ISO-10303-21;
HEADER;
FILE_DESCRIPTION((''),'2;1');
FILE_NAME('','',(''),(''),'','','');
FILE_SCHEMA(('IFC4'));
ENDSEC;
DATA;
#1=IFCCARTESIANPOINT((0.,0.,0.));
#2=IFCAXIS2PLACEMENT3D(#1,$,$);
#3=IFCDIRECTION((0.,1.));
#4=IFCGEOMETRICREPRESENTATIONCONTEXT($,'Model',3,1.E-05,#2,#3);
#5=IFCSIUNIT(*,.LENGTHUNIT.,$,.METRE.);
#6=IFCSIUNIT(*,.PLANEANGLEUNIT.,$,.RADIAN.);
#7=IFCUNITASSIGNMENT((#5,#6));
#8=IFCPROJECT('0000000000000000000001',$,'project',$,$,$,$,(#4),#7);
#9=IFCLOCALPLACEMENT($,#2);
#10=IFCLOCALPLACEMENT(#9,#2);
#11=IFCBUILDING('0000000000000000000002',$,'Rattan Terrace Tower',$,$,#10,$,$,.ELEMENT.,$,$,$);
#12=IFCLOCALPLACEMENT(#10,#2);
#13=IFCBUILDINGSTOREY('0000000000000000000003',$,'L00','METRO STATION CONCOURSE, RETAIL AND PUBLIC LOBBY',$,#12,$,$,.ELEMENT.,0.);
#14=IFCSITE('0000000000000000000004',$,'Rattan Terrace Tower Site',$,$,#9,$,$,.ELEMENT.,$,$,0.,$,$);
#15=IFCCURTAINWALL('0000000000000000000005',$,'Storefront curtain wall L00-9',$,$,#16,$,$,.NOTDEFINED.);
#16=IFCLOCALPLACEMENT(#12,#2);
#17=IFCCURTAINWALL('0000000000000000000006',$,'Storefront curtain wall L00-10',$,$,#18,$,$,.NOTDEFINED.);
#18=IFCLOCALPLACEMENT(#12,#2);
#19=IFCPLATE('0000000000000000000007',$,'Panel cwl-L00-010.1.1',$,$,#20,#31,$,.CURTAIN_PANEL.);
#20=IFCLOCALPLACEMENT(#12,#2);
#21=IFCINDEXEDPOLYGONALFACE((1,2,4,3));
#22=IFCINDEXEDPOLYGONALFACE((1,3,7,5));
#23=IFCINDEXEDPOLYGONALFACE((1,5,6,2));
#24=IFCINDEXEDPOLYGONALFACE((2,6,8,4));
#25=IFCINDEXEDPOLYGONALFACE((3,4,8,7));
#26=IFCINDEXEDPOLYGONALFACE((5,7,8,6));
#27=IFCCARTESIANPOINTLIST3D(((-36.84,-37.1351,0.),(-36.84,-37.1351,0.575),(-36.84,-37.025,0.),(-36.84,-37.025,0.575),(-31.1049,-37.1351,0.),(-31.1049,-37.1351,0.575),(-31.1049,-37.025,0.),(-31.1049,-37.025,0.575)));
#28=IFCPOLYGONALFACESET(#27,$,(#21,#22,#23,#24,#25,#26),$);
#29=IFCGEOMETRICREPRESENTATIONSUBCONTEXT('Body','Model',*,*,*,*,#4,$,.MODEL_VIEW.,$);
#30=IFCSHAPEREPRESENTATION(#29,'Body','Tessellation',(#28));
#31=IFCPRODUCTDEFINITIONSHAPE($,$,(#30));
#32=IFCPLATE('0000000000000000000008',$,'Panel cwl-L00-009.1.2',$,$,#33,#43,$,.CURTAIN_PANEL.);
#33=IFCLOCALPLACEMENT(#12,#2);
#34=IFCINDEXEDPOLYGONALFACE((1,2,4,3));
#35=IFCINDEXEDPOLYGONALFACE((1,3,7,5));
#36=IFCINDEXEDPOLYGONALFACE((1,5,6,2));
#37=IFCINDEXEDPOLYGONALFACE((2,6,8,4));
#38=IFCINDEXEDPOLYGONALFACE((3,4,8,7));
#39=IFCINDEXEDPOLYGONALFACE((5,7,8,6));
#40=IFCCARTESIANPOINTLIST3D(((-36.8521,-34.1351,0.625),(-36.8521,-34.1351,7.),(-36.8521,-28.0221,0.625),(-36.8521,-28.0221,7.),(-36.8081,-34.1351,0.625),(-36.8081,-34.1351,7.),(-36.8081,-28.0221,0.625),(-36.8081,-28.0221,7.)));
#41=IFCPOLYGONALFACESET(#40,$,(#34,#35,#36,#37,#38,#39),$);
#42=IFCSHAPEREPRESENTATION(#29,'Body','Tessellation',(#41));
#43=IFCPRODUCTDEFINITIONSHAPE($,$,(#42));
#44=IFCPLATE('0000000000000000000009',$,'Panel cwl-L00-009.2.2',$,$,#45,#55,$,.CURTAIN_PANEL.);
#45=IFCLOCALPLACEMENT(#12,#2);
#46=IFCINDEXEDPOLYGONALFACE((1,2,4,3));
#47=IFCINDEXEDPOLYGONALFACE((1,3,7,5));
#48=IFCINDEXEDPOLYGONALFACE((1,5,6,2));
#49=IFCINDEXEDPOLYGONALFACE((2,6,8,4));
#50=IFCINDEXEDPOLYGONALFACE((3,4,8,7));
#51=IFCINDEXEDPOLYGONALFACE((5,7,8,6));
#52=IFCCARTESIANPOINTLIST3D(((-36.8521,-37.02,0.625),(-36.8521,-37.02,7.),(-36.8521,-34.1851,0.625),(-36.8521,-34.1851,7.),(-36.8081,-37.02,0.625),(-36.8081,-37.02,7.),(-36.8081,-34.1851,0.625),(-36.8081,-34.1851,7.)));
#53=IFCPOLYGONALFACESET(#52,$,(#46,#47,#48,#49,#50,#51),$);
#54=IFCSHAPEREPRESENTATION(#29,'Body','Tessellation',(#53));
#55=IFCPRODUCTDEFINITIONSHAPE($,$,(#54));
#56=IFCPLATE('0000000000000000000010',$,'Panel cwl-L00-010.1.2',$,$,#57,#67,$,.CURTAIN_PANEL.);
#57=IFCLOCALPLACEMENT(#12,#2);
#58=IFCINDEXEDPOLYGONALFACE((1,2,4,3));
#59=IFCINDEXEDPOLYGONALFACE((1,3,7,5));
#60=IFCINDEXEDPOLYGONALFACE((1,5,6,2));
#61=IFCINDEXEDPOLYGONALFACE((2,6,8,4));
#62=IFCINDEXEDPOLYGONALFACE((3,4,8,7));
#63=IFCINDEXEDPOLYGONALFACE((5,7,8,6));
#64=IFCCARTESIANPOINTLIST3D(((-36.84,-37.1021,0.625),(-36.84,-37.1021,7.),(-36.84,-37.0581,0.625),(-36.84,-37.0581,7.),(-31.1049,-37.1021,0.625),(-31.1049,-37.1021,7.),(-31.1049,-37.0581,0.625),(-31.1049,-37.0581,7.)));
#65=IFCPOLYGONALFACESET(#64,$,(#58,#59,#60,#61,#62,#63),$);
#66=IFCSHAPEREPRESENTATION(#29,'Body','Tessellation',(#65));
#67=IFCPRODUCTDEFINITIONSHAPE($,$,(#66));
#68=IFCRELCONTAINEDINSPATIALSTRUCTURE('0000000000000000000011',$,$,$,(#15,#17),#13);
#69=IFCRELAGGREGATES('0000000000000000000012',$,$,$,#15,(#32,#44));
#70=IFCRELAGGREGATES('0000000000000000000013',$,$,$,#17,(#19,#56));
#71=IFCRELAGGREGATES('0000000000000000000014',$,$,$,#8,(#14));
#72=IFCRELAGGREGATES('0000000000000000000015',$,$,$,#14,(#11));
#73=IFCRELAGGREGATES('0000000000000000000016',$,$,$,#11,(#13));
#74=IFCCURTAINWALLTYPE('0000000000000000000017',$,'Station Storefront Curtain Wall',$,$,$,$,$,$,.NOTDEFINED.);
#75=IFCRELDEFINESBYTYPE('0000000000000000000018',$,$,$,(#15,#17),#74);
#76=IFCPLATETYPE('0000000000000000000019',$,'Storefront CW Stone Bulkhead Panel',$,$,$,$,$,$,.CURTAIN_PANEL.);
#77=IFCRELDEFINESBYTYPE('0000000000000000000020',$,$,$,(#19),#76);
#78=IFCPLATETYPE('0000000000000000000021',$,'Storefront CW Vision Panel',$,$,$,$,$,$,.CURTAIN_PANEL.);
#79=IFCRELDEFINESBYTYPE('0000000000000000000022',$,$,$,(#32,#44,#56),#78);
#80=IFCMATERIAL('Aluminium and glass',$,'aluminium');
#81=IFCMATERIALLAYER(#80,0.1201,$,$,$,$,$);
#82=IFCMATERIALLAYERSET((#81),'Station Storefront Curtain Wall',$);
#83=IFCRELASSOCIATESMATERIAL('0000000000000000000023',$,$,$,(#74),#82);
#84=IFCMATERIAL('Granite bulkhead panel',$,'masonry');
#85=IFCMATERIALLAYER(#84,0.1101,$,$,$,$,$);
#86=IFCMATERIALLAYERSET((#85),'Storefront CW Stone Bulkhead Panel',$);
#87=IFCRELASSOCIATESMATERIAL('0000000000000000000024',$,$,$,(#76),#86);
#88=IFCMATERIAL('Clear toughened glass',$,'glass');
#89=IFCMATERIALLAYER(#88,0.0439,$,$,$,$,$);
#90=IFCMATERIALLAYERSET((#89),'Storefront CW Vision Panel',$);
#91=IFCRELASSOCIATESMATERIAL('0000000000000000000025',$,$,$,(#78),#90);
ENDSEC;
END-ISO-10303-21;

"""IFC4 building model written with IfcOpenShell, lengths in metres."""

from ifc_helpers import new_model, si_unit, direction, frame, origin, origin_2d, place, context, subcontext, project, spatial, rectangle, extrude, material, layer, layer_set, type_object, element, aggregate, save


model = new_model("IFC4")

# Units and contexts
model_context = context("Model", 3, precision=1e-05, world=origin(), true_north=direction((0.0, 1.0)))
body_context = subcontext(model_context, "Body", "Model", "MODEL_VIEW")
ifc_project = project(units=[si_unit("LENGTHUNIT", "METRE"), si_unit("PLANEANGLEUNIT", "RADIAN")], contexts=[model_context])

# Site, building, storey
site_placement = place(None, origin())
site = spatial("IfcSite", under=ifc_project, at=site_placement, Name="Rattan Terrace Tower Site", CompositionType="ELEMENT", RefElevation=0.0)
building_placement = place(site_placement, origin())
building = spatial("IfcBuilding", under=site, at=building_placement, Name="Rattan Terrace Tower", CompositionType="ELEMENT")
storey_placement = place(building_placement, origin())
storey = spatial("IfcBuildingStorey", under=building, at=storey_placement, Name="L00", Description="METRO STATION CONCOURSE, RETAIL AND PUBLIC LOBBY", CompositionType="ELEMENT", Elevation=0.0)

# Curtain wall
ifc_material_1 = material(Name="Aluminium and glass", Category="aluminium")
ifc_layer_1 = layer(ifc_material_1, 0.1201)
ifc_layer_set_1 = layer_set([ifc_layer_1], Name="Station Storefront Curtain Wall")
curtain_wall_type = type_object("IfcCurtainWallType", Name="Station Storefront Curtain Wall", PredefinedType="NOTDEFINED", material=ifc_layer_set_1)
curtain_wall_1_placement = place(storey_placement, origin())
curtain_wall_1 = element("IfcCurtainWall", 1, at=curtain_wall_1_placement, inside=storey, type_object=curtain_wall_type, Name="Storefront curtain wall L00-9", PredefinedType="NOTDEFINED")

# Curtain wall
curtain_wall_2_placement = place(storey_placement, origin())
curtain_wall_2 = element("IfcCurtainWall", 2, at=curtain_wall_2_placement, inside=storey, type_object=curtain_wall_type, Name="Storefront curtain wall L00-10", PredefinedType="NOTDEFINED")

# Plates
ifc_material_2 = material(Name="Granite bulkhead panel", Category="masonry")
ifc_layer_2 = layer(ifc_material_2, 0.1101)
ifc_layer_set_2 = layer_set([ifc_layer_2], Name="Storefront CW Stone Bulkhead Panel")
plate_type_1 = type_object("IfcPlateType", Name="Storefront CW Stone Bulkhead Panel", PredefinedType="CURTAIN_PANEL", material=ifc_layer_set_2)
plate_1_placement = place(storey_placement, frame((-33.9724, -37.0801, 0.0), z_axis=(0.0, 0.0, 1.0), x_axis=(1.0, 0.0, 0.0)))
plate_1 = element("IfcPlate", 3, at=plate_1_placement, type_object=plate_type_1, Name="Panel cwl-L00-010.1.1", PredefinedType="CURTAIN_PANEL", context=body_context, shape_type="SweptSolid", body=[
    extrude(rectangle(XDim=5.7351, YDim=0.1101, at=origin_2d()), origin(), (0.0, 0.0, 1.0), 0.575),
])
ifc_material_3 = material(Name="Clear toughened glass", Category="glass")
ifc_layer_3 = layer(ifc_material_3, 0.0439)
ifc_layer_set_3 = layer_set([ifc_layer_3], Name="Storefront CW Vision Panel")
plate_type_2 = type_object("IfcPlateType", Name="Storefront CW Vision Panel", PredefinedType="CURTAIN_PANEL", material=ifc_layer_set_3)
plate_2_placement = place(storey_placement, frame((-36.8301, -31.0786, 0.625), z_axis=(0.0, 0.0, 1.0), x_axis=(0.0, -1.0, 0.0)))
plate_2 = element("IfcPlate", 4, at=plate_2_placement, type_object=plate_type_2, Name="Panel cwl-L00-009.1.2", PredefinedType="CURTAIN_PANEL", context=body_context, shape_type="SweptSolid", body=[
    extrude(rectangle(XDim=6.113, YDim=0.0439, at=origin_2d()), origin(), (0.0, 0.0, 1.0), 6.375),
])
plate_3_placement = place(storey_placement, frame((-36.8301, -35.6025, 0.625), z_axis=(0.0, 0.0, 1.0), x_axis=(0.0, -1.0, 0.0)))
plate_3 = element("IfcPlate", 5, at=plate_3_placement, type_object=plate_type_2, Name="Panel cwl-L00-009.2.2", PredefinedType="CURTAIN_PANEL", context=body_context, shape_type="SweptSolid", body=[
    extrude(rectangle(XDim=2.835, YDim=0.0439, at=origin_2d()), origin(), (0.0, 0.0, 1.0), 6.375),
])
aggregate(curtain_wall_1, [plate_2, plate_3])
plate_4_placement = place(storey_placement, frame((-33.9724, -37.0801, 0.625), z_axis=(0.0, 0.0, 1.0), x_axis=(1.0, 0.0, 0.0)))
plate_4 = element("IfcPlate", 6, at=plate_4_placement, type_object=plate_type_2, Name="Panel cwl-L00-010.1.2", PredefinedType="CURTAIN_PANEL", context=body_context, shape_type="SweptSolid", body=[
    extrude(rectangle(XDim=5.7351, YDim=0.0439, at=origin_2d()), origin(), (0.0, 0.0, 1.0), 6.375),
])
aggregate(curtain_wall_2, [plate_1, plate_4])

save(model, "model.ifc")
